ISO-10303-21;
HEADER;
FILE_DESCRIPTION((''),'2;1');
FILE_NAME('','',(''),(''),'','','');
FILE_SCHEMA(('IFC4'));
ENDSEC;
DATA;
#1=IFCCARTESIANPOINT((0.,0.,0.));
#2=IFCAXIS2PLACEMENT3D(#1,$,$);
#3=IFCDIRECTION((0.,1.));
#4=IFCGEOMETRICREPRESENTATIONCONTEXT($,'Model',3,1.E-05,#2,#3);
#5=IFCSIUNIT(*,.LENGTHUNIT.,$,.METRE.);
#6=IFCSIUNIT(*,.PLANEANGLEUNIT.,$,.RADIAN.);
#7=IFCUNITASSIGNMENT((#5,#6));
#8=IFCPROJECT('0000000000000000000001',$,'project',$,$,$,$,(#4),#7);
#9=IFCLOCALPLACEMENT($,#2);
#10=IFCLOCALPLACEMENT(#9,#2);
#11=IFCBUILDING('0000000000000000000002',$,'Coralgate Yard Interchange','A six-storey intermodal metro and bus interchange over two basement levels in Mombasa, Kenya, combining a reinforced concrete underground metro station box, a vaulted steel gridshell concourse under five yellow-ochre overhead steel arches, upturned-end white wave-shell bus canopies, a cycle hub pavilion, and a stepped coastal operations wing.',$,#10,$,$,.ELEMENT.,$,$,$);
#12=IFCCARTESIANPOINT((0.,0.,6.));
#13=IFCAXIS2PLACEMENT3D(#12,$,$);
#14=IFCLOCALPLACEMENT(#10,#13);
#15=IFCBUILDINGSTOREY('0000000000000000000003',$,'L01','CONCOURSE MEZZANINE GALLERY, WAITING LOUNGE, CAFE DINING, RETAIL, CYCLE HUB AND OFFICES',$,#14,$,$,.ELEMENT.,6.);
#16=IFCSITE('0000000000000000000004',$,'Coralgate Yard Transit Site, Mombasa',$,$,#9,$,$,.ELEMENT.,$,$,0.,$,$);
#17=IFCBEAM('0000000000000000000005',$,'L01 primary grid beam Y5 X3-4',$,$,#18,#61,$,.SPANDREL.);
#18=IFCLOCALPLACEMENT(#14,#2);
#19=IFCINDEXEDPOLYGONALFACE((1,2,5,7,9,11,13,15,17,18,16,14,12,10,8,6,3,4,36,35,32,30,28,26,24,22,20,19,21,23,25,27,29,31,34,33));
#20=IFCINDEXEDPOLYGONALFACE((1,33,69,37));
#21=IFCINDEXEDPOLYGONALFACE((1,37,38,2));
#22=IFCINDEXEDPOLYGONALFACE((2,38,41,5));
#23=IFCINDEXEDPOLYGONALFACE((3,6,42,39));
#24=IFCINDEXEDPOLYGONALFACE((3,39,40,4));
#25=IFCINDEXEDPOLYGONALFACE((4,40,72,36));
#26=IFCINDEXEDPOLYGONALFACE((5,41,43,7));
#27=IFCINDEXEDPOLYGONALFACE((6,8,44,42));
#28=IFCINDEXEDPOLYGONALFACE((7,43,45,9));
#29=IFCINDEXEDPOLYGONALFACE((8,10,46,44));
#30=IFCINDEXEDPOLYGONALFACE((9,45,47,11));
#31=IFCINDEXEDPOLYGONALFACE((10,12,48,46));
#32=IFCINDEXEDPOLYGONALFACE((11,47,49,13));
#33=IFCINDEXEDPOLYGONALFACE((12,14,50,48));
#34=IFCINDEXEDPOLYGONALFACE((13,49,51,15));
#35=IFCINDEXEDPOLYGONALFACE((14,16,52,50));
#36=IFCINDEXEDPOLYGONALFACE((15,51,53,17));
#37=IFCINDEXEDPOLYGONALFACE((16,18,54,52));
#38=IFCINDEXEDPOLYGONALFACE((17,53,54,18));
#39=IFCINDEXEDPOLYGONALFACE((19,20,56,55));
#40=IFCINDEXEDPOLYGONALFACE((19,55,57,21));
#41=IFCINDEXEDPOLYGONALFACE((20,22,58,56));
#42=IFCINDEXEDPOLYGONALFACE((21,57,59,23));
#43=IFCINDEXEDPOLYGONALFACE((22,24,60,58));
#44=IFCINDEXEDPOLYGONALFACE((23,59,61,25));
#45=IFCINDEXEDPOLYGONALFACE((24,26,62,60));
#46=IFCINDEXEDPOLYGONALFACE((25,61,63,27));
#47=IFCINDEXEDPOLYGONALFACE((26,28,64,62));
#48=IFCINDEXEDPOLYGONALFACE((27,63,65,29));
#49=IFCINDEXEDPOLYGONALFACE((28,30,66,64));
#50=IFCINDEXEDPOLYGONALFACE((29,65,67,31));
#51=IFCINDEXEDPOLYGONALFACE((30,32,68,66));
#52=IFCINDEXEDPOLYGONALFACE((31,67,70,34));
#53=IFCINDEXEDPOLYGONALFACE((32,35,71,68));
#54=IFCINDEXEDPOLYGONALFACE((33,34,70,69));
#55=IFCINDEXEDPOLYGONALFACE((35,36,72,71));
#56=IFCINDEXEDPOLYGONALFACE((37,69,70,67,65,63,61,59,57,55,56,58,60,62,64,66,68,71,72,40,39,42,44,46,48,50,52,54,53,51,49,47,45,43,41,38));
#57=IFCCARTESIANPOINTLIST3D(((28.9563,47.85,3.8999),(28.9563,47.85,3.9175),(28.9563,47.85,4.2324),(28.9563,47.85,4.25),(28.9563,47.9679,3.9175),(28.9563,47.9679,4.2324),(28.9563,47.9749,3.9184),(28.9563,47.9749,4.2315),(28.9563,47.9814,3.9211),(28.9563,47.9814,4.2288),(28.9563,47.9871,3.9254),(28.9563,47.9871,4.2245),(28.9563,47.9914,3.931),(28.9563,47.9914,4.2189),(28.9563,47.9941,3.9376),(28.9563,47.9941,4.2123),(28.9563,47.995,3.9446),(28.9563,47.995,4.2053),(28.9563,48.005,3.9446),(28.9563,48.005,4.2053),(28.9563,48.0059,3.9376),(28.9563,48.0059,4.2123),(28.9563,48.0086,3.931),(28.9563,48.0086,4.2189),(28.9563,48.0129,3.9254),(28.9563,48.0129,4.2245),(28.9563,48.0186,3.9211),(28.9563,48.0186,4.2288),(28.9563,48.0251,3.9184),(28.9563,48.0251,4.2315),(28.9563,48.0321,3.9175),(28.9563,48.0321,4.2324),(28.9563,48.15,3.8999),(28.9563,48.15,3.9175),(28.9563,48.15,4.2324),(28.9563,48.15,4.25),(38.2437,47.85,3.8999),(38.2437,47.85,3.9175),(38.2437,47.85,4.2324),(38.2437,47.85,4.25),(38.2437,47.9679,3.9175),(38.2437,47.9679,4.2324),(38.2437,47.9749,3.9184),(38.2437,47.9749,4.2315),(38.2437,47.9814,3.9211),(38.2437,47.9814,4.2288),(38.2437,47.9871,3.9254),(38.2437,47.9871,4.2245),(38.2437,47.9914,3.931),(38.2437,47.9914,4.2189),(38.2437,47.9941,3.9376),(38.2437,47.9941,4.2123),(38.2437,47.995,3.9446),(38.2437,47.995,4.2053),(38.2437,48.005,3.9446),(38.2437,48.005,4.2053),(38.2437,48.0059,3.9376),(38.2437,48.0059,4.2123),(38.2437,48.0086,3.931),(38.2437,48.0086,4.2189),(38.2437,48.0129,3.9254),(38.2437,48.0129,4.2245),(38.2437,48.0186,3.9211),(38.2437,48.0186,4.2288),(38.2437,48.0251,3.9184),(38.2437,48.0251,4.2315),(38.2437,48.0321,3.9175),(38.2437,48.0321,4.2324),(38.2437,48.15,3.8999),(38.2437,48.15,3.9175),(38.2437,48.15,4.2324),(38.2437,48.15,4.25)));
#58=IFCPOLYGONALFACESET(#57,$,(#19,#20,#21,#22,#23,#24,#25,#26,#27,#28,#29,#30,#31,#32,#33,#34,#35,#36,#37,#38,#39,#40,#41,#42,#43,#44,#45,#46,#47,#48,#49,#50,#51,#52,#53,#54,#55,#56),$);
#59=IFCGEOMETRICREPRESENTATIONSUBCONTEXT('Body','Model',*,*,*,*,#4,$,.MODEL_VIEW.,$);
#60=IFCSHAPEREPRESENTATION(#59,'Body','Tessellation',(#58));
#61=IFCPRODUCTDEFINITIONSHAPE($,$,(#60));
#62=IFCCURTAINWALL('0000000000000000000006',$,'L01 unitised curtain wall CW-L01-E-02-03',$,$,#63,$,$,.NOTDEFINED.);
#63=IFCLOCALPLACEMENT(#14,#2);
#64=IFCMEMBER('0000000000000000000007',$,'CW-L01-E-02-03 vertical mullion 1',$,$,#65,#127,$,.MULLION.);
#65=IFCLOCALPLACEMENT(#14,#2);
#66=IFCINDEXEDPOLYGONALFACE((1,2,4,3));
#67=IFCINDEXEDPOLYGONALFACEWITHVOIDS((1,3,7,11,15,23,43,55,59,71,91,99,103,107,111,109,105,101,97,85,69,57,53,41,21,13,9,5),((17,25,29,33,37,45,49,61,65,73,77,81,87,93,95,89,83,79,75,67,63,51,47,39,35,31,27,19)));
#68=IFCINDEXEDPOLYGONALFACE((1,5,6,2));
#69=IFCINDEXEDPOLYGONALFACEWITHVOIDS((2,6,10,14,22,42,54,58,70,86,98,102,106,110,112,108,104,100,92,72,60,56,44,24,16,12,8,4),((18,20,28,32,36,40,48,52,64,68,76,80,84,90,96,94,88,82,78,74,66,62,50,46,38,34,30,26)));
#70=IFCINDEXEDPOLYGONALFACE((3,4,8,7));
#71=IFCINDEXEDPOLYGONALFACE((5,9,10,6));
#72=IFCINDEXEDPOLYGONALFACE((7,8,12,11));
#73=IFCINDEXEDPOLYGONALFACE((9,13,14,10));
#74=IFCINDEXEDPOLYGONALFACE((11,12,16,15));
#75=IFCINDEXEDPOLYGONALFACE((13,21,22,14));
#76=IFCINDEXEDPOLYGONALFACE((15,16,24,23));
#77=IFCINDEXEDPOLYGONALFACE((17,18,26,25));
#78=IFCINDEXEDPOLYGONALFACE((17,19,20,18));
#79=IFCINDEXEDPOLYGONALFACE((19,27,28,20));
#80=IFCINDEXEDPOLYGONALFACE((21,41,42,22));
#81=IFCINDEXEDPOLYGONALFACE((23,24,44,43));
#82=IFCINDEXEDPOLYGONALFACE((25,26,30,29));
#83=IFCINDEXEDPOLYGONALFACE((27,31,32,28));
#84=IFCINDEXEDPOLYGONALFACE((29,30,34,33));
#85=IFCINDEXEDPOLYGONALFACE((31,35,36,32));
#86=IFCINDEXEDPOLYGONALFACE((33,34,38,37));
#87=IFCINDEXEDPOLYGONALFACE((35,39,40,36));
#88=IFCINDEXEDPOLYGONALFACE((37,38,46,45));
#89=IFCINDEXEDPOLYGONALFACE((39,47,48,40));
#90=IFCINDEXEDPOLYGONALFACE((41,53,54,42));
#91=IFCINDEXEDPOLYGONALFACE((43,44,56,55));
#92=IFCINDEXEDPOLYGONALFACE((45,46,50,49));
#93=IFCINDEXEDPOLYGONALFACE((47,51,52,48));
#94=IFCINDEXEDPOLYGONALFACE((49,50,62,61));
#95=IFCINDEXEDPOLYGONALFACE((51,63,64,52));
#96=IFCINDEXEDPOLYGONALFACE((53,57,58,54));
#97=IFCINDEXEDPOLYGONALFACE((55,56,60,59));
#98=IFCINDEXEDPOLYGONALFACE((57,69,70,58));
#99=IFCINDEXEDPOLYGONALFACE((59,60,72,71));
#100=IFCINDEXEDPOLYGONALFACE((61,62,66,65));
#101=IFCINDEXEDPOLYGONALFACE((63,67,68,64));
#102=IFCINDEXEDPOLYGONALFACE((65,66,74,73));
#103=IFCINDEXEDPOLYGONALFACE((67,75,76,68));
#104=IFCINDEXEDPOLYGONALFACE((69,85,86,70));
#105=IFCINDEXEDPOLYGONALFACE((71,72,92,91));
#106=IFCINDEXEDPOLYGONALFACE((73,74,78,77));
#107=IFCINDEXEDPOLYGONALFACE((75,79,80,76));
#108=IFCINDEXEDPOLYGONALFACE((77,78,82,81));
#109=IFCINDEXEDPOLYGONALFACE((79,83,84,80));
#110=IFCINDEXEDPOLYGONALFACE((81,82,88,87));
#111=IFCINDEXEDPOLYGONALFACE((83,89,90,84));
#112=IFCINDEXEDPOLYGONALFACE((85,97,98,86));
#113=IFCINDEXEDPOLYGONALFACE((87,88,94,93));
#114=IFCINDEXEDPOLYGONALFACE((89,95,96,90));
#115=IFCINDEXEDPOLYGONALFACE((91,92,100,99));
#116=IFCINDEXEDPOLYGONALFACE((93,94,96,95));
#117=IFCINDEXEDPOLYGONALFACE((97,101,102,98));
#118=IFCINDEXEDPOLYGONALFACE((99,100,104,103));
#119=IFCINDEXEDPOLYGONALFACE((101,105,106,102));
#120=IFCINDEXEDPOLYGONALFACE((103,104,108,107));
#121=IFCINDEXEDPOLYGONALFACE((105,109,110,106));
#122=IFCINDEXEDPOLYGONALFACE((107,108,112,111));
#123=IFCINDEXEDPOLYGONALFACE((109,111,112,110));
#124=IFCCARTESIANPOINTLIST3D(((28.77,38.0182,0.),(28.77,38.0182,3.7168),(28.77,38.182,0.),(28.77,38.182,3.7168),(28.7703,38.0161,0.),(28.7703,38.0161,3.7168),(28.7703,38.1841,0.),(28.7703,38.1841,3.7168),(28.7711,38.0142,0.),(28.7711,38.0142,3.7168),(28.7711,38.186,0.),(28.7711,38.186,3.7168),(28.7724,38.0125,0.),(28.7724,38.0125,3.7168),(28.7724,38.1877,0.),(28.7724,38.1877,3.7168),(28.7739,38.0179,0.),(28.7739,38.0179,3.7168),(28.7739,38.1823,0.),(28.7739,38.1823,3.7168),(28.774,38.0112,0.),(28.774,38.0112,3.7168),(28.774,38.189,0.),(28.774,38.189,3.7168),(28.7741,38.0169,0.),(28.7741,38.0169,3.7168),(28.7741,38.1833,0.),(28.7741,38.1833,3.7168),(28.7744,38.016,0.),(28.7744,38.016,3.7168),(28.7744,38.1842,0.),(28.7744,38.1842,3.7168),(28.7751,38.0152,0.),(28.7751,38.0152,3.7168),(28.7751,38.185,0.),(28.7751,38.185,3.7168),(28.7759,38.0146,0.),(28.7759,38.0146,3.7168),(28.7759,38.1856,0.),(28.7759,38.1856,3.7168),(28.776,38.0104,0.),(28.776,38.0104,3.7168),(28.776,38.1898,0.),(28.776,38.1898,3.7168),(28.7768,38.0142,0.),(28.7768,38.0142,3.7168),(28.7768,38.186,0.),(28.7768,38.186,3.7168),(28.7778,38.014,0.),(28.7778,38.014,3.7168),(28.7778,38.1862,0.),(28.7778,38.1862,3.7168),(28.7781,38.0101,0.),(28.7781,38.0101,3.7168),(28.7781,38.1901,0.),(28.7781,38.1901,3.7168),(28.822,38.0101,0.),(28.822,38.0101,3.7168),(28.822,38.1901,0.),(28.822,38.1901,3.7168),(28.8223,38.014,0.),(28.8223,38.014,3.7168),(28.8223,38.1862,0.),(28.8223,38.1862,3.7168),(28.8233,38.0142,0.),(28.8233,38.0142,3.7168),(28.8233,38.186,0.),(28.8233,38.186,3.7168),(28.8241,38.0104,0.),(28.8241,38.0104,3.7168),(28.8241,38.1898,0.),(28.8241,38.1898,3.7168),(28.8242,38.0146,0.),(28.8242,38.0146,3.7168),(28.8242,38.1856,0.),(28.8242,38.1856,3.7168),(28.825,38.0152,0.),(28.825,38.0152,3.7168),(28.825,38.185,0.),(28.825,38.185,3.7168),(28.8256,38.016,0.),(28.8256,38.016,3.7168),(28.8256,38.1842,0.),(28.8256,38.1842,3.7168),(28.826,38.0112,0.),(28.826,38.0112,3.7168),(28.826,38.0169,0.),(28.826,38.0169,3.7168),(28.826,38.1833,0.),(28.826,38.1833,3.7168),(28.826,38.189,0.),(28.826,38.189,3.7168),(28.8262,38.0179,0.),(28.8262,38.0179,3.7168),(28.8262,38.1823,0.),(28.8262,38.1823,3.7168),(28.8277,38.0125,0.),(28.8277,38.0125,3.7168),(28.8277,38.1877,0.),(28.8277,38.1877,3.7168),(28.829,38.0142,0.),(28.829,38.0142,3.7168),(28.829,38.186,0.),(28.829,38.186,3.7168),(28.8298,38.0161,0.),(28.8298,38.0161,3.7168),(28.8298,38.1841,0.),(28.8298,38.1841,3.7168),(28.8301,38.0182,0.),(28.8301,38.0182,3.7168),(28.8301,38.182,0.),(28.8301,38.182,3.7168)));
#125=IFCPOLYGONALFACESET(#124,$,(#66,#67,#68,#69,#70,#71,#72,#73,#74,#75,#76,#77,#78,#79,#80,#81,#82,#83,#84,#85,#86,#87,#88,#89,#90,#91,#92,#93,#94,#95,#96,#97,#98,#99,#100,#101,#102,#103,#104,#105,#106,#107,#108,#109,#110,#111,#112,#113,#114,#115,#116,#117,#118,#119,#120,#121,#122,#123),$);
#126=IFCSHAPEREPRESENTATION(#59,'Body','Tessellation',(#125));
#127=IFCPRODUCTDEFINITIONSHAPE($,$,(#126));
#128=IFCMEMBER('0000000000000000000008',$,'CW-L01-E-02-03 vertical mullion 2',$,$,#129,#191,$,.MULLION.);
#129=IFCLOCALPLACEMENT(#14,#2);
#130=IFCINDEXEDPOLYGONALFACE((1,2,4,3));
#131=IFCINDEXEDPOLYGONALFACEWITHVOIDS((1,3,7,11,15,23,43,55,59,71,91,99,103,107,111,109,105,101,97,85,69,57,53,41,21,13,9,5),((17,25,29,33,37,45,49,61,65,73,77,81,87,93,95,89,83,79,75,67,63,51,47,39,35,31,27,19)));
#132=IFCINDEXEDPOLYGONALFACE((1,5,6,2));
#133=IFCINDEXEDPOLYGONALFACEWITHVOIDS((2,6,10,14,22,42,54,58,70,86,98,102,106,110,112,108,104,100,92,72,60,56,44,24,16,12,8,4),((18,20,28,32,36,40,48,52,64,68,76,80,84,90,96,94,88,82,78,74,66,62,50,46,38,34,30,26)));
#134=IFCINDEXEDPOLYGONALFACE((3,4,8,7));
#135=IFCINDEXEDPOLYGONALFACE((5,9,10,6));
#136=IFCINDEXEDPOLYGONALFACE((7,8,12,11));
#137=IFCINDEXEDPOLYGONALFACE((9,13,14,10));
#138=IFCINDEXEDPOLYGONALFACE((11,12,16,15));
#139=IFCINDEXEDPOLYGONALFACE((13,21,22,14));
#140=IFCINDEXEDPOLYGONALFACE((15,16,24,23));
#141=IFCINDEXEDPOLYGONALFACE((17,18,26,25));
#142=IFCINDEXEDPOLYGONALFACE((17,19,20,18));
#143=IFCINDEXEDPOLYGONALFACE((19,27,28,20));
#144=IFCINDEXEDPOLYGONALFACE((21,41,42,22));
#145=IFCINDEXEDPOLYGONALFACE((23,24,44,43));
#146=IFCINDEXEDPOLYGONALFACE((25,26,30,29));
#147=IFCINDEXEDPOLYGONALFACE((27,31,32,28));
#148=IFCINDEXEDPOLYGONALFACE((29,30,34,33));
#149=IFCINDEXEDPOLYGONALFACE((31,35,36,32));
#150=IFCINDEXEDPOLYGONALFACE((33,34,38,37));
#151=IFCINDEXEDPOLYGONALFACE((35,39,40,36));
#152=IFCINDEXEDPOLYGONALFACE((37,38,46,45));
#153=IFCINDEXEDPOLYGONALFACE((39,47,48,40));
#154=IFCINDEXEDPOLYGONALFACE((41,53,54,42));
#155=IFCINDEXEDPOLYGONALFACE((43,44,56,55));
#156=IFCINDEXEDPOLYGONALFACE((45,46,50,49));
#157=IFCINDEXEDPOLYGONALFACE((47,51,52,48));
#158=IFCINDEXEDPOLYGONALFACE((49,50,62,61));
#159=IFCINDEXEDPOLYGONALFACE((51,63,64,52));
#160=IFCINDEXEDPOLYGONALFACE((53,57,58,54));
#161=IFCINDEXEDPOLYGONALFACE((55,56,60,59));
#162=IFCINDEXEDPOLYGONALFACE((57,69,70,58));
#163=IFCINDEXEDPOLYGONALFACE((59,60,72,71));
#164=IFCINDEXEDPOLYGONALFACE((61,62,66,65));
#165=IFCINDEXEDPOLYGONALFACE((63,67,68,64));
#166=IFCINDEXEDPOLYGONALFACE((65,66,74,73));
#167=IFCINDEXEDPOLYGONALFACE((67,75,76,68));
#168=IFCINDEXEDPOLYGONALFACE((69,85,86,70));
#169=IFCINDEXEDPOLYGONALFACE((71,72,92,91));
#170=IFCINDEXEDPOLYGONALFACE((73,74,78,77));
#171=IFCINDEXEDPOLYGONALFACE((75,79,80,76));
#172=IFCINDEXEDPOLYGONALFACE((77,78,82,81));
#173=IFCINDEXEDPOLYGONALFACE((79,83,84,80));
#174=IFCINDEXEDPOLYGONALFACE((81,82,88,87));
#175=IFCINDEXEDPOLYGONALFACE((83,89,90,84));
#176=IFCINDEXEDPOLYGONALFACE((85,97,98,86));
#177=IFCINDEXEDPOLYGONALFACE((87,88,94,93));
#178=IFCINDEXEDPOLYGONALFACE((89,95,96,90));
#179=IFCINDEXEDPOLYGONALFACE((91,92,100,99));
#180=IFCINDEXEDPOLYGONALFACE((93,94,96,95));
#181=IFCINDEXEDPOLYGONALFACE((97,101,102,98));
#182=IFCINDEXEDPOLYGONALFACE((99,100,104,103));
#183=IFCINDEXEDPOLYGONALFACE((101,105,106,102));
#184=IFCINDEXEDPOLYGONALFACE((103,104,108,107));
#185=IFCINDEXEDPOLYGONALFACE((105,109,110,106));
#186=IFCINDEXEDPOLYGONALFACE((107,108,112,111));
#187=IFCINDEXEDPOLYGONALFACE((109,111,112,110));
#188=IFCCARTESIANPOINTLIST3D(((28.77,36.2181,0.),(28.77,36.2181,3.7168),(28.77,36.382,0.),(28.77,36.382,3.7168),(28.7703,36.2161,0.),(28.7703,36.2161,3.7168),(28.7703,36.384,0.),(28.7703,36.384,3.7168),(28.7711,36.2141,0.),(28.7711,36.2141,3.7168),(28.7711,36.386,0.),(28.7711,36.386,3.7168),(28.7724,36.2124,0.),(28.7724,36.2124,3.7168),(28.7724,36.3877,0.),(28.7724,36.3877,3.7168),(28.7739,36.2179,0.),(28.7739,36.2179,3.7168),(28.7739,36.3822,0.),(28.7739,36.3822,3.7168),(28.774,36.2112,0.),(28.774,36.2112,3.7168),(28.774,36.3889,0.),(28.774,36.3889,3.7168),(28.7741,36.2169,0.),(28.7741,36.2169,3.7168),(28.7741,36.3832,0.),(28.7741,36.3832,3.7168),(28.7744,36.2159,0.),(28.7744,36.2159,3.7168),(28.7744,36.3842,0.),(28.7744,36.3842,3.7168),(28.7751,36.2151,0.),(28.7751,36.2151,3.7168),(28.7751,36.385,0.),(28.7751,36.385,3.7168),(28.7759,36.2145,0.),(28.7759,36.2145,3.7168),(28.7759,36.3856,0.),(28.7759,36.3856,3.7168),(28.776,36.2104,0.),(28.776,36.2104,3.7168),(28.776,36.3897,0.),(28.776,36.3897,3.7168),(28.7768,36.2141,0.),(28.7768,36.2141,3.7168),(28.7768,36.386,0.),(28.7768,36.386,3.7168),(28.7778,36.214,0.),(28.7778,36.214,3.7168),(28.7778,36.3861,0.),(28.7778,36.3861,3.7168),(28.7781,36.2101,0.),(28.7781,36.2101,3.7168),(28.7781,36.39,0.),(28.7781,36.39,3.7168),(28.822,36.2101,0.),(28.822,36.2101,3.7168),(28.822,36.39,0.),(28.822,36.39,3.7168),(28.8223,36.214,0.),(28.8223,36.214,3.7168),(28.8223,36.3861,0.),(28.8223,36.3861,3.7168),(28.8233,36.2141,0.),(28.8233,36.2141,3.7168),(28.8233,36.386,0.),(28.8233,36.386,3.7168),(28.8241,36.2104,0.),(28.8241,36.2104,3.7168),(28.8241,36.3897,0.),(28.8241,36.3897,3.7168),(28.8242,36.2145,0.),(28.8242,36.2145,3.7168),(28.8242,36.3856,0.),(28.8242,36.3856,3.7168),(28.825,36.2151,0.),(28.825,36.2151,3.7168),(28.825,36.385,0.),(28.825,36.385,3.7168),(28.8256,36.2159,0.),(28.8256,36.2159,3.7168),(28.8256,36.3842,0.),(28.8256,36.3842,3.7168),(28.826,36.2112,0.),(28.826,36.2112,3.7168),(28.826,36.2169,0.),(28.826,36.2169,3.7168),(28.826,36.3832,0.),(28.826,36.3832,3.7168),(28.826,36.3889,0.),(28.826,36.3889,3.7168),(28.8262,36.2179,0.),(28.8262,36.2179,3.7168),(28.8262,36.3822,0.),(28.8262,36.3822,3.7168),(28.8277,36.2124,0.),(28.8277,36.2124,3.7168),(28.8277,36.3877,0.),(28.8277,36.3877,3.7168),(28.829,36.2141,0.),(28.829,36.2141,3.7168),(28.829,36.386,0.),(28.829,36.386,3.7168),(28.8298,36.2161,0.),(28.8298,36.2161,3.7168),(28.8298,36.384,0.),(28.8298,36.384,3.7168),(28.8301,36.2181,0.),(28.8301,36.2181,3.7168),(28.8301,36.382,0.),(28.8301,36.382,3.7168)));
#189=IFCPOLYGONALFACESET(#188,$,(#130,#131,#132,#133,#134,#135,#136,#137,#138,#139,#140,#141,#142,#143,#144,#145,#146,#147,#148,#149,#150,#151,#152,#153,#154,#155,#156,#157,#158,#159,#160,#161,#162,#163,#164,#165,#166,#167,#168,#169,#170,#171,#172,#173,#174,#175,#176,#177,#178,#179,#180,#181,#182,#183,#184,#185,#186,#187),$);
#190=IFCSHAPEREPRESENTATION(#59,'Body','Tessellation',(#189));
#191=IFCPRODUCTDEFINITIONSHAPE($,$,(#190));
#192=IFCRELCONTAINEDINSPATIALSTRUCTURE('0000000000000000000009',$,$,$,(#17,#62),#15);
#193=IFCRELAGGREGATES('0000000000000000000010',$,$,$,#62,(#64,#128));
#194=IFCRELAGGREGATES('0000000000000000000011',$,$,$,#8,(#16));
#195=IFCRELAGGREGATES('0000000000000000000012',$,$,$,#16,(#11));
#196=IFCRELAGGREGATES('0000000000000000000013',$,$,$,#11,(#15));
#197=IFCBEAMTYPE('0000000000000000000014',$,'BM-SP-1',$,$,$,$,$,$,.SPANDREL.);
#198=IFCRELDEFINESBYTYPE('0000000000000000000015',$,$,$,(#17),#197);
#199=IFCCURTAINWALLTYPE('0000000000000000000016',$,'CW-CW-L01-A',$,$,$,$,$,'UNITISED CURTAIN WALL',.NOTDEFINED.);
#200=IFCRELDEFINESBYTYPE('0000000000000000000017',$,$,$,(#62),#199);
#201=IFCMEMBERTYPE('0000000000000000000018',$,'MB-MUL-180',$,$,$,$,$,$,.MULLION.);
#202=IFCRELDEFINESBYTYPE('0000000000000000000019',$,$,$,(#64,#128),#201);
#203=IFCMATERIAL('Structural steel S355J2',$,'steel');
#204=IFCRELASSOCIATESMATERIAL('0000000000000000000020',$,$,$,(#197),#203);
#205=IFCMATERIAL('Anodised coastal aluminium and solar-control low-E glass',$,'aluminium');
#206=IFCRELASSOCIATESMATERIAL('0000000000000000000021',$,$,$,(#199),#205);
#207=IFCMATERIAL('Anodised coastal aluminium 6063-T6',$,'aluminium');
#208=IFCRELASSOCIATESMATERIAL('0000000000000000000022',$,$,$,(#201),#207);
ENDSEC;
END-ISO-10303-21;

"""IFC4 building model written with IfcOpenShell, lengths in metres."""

from ifc_helpers import new_model, si_unit, direction, frame, origin, origin_2d, place, context, subcontext, project, spatial, hollow_rectangle, i_section, extrude, material, material_profile, profile_set, type_object, element, aggregate, save


model = new_model("IFC4")

# Units and contexts
model_context = context("Model", 3, precision=1e-05, world=origin(), true_north=direction((0.0, 1.0)))
body_context = subcontext(model_context, "Body", "Model", "MODEL_VIEW")
ifc_project = project(units=[si_unit("LENGTHUNIT", "METRE"), si_unit("PLANEANGLEUNIT", "RADIAN")], contexts=[model_context])

# Site, building, storey
site_placement = place(None, origin())
site = spatial("IfcSite", under=ifc_project, at=site_placement, Name="Coralgate Yard Transit Site, Mombasa", CompositionType="ELEMENT", RefElevation=0.0)
building_placement = place(site_placement, origin())
building = spatial("IfcBuilding", under=site, at=building_placement, Name="Coralgate Yard Interchange", Description="A six-storey intermodal metro and bus interchange over two basement levels in Mombasa, Kenya, combining a reinforced concrete underground metro station box, a vaulted steel gridshell concourse under five yellow-ochre overhead steel arches, upturned-end white wave-shell bus canopies, a cycle hub pavilion, and a stepped coastal operations wing.", CompositionType="ELEMENT")
storey_placement = place(building_placement, frame((0.0, 0.0, 6.0)))
storey = spatial("IfcBuildingStorey", under=building, at=storey_placement, Name="L01", Description="CONCOURSE MEZZANINE GALLERY, WAITING LOUNGE, CAFE DINING, RETAIL, CYCLE HUB AND OFFICES", CompositionType="ELEMENT", Elevation=6.0)

# Shared definitions
ifc_material_1 = material(Name="Structural steel S355J2", Category="steel")

# Beam
ifc_material_profile_1 = material_profile(ifc_material_1, i_section(OverallWidth=0.3, OverallDepth=0.3501, WebThickness=0.01, FlangeThickness=0.0176, FilletRadius=0.0271, at=origin_2d()), Name="HEA 360")
ifc_profile_set_1 = profile_set([ifc_material_profile_1], Name="Structural steel S355J2")
beam_type_1 = type_object("IfcBeamType", Name="BM-SP-1", PredefinedType="SPANDREL", material=ifc_profile_set_1)
for number, where, z_axis, x_axis, name in (
    (1, (28.9563, 48.0, 4.075), (1.0, 0.0, 0.0), (0.0, 1.0, 0.0), "L01 primary grid beam Y5 X3-4"),
):
    element("IfcBeam", number, at=place(storey_placement, frame(where, z_axis=z_axis, x_axis=x_axis)), inside=storey, type_object=beam_type_1, Name=name, PredefinedType="SPANDREL", context=body_context, shape_type="SweptSolid", body=[
        extrude(i_section(OverallWidth=0.3, OverallDepth=0.3501, WebThickness=0.01, FlangeThickness=0.0176, FilletRadius=0.0271, at=origin_2d()), origin(), (0.0, 0.0, 1.0), 9.2874),
    ])

# Curtain wall, members
ifc_material_2 = material(Name="Anodised coastal aluminium and solar-control low-E glass", Category="aluminium")
curtain_wall_type_1 = type_object("IfcCurtainWallType", Name="CW-CW-L01-A", ElementType="UNITISED CURTAIN WALL", PredefinedType="NOTDEFINED", material=ifc_material_2)
curtain_wall_1_placement = place(storey_placement, origin())
curtain_wall_1 = element("IfcCurtainWall", 2, at=curtain_wall_1_placement, inside=storey, type_object=curtain_wall_type_1, Name="L01 unitised curtain wall CW-L01-E-02-03", PredefinedType="NOTDEFINED")
ifc_material_3 = material(Name="Anodised coastal aluminium 6063-T6", Category="aluminium")
ifc_material_profile_2 = material_profile(ifc_material_3, hollow_rectangle(XDim=0.0601, YDim=0.1799, WallThickness=0.0039, InnerFilletRadius=0.0039, OuterFilletRadius=0.0081, at=origin_2d()), Name="ALU 60x180x4")
ifc_profile_set_2 = profile_set([ifc_material_profile_2], Name="Anodised coastal aluminium 6063-T6")
member_type_1 = type_object("IfcMemberType", Name="MB-MUL-180", PredefinedType="MULLION", material=ifc_profile_set_2)
member_1_placement = place(storey_placement, frame((28.8, 38.1001, 0.0), z_axis=(0.0, 0.0, 1.0), x_axis=(1.0, 0.0, 0.0)))
member_1 = element("IfcMember", 3, at=member_1_placement, type_object=member_type_1, Name="CW-L01-E-02-03 vertical mullion 1", PredefinedType="MULLION", context=body_context, shape_type="SweptSolid", body=[
    extrude(hollow_rectangle(XDim=0.0601, YDim=0.1799, WallThickness=0.0039, InnerFilletRadius=0.0039, OuterFilletRadius=0.0081, at=origin_2d()), origin(), (0.0, 0.0, 1.0), 3.7168),
])
member_2_placement = place(storey_placement, frame((28.8, 36.3, 0.0), z_axis=(0.0, 0.0, 1.0), x_axis=(1.0, 0.0, 0.0)))
member_2 = element("IfcMember", 4, at=member_2_placement, type_object=member_type_1, Name="CW-L01-E-02-03 vertical mullion 2", PredefinedType="MULLION", context=body_context, shape_type="SweptSolid", body=[
    extrude(hollow_rectangle(XDim=0.0601, YDim=0.1799, WallThickness=0.0039, InnerFilletRadius=0.0039, OuterFilletRadius=0.0081, at=origin_2d()), origin(), (0.0, 0.0, 1.0), 3.7168),
])

aggregate(curtain_wall_1, [member_1, member_2])

save(model, "model.ifc")
